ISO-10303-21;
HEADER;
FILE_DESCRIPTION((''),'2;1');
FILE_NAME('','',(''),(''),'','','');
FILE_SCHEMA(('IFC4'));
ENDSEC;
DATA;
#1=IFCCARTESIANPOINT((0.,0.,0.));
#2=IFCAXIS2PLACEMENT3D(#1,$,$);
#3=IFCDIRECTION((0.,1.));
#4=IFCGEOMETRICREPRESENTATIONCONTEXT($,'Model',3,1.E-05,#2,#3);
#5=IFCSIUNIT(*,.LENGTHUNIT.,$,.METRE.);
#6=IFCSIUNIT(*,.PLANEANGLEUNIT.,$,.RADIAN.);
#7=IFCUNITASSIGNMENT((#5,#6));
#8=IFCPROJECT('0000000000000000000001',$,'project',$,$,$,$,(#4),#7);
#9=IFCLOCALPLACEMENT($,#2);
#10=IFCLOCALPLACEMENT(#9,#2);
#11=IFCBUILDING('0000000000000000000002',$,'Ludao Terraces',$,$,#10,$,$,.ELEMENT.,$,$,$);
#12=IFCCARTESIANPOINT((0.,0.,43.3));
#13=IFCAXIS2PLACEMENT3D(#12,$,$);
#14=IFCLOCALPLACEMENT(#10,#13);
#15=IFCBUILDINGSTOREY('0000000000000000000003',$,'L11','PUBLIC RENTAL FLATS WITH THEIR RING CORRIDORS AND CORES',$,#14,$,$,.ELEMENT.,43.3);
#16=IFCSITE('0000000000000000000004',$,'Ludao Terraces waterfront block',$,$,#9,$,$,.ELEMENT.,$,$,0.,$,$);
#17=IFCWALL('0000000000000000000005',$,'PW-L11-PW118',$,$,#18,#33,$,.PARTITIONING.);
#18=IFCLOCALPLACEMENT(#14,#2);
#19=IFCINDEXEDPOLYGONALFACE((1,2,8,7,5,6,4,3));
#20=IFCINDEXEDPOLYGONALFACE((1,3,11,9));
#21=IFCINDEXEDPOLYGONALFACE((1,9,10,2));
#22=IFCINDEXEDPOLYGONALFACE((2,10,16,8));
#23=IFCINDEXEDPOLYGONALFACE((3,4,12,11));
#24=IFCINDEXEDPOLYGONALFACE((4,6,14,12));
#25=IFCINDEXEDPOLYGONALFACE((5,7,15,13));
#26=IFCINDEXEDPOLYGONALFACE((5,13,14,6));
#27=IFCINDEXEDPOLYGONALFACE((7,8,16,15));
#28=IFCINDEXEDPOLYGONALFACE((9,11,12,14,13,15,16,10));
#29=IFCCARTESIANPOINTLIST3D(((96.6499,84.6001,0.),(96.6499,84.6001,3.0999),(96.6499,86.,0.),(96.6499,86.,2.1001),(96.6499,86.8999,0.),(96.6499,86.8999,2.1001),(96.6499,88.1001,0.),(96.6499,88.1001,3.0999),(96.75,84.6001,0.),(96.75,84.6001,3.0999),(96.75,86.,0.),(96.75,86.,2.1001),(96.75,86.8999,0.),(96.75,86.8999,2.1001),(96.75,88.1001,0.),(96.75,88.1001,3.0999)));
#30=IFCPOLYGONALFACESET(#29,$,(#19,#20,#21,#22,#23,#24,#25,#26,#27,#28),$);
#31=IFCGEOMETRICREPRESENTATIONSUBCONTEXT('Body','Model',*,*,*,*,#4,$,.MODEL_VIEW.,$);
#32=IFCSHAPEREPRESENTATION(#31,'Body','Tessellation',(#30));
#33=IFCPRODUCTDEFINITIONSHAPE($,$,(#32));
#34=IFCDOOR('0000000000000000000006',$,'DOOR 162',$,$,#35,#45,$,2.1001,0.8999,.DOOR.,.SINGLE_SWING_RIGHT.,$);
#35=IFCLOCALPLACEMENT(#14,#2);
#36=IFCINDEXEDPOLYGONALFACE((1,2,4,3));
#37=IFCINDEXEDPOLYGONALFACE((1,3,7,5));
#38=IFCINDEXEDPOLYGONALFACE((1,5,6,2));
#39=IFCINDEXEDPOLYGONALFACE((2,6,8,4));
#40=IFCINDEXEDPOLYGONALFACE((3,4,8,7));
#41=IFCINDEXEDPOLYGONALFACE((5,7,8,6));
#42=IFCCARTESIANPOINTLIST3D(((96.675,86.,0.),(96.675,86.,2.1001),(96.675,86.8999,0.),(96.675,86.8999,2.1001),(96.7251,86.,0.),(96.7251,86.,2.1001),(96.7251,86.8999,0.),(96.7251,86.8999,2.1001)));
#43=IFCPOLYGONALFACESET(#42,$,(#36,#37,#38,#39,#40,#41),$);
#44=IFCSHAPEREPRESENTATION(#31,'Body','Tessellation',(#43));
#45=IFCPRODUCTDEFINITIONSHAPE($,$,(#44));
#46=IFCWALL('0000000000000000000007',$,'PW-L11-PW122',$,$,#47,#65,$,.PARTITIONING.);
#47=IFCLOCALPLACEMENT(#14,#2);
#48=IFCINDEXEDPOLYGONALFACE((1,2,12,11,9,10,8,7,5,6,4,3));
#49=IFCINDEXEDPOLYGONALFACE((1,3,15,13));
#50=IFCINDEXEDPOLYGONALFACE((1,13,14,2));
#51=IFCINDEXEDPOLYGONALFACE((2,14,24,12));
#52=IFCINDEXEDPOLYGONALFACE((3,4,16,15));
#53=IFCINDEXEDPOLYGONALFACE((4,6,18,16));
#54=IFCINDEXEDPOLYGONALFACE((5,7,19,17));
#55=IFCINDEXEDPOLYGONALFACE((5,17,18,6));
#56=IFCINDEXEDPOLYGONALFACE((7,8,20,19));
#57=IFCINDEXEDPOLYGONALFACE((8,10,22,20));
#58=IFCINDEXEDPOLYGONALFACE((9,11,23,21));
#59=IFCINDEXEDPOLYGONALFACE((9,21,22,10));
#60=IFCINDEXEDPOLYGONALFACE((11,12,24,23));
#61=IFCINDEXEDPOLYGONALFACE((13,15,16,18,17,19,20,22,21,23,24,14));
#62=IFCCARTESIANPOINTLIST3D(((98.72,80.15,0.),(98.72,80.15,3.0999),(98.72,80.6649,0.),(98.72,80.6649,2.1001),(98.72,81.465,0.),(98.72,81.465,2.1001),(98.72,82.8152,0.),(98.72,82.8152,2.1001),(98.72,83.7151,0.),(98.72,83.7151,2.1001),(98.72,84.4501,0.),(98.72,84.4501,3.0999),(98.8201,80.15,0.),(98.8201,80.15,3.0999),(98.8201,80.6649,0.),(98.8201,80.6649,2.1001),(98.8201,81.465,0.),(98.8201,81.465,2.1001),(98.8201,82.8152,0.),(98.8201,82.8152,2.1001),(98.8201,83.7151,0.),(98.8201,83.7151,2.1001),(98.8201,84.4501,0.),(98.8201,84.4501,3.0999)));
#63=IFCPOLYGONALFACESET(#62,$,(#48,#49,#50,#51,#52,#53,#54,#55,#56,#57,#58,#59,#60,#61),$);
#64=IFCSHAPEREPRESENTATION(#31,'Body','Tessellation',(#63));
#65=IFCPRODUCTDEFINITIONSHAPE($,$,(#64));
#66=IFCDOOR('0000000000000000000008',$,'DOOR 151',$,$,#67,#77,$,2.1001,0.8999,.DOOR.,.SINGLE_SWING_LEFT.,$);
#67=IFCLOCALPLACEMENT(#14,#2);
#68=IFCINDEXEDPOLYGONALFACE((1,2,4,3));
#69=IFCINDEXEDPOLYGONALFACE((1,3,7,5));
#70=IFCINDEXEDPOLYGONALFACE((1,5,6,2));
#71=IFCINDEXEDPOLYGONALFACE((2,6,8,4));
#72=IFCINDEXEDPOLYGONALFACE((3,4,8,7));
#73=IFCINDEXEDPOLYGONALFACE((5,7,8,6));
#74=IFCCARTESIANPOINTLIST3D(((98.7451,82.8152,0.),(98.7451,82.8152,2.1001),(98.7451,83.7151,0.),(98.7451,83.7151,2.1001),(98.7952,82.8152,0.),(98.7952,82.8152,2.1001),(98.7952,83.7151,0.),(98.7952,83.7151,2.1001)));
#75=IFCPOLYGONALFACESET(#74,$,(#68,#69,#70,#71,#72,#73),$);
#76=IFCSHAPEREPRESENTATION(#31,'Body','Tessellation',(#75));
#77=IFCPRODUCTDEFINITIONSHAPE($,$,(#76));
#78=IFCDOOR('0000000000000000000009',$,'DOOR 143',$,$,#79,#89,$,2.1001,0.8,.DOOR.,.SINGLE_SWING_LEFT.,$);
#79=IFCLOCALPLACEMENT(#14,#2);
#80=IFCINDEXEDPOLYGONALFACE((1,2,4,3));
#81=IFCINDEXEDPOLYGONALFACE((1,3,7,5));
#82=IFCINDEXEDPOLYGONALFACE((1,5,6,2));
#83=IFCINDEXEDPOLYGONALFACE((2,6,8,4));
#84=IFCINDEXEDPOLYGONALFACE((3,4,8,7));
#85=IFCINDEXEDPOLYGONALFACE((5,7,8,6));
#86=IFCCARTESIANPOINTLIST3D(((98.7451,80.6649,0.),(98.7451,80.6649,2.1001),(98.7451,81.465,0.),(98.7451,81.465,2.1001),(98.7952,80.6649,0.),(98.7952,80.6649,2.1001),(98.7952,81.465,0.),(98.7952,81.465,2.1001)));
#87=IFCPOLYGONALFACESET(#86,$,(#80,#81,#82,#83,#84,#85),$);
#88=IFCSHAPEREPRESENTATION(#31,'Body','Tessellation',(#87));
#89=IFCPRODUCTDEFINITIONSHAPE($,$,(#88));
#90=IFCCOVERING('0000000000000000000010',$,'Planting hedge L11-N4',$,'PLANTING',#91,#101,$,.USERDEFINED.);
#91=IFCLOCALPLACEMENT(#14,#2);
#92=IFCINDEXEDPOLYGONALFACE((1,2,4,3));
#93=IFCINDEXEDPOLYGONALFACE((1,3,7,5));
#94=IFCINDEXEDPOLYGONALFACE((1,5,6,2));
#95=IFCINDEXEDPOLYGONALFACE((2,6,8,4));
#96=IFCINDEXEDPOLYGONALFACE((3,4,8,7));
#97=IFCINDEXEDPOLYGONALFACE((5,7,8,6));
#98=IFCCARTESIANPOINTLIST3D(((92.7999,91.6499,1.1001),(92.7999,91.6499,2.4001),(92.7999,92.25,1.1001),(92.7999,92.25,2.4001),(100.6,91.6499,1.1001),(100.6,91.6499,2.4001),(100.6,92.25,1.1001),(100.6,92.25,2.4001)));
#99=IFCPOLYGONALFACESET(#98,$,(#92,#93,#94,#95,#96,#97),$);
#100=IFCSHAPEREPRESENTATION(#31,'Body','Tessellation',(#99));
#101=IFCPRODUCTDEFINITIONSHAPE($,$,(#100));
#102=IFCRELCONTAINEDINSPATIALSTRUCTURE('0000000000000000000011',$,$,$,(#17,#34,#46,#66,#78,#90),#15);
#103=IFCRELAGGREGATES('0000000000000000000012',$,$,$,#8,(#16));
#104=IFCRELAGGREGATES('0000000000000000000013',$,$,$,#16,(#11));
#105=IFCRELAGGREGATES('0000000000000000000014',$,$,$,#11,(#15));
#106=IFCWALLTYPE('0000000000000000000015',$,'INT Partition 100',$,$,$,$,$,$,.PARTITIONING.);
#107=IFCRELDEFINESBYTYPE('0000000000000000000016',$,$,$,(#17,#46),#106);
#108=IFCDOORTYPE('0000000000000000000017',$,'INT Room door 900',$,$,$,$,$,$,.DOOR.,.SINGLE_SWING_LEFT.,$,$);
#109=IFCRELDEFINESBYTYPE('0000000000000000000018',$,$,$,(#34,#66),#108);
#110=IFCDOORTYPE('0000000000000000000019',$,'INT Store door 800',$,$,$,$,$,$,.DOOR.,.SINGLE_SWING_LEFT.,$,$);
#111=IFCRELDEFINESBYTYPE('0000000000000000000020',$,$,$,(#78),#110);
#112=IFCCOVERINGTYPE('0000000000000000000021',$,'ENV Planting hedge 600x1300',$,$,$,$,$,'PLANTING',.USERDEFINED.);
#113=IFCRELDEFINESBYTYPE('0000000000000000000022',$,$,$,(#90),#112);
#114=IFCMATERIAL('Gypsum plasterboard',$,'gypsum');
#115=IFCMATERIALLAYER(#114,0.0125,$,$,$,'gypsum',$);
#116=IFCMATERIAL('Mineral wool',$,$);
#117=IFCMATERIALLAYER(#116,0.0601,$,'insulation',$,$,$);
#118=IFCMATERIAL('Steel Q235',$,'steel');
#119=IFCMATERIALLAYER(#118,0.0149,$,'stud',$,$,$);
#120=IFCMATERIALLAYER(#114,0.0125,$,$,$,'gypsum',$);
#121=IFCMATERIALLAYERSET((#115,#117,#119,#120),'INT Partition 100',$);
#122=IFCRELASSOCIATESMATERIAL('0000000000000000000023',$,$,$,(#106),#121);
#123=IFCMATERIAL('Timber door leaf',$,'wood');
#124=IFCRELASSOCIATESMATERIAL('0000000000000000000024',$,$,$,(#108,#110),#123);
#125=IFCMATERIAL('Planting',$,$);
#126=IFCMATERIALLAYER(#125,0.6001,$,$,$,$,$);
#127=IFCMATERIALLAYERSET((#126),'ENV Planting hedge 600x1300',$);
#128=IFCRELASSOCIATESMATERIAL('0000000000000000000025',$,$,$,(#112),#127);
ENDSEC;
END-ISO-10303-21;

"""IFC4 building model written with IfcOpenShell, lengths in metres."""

from ifc_helpers import new_model, si_unit, direction, frame, frame_2d, origin, origin_2d, place, context, subcontext, project, spatial, rectangle, extrude, material, layer, layer_set, type_object, element, fill, save


model = new_model("IFC4")

# Units and contexts
model_context = context("Model", 3, precision=1e-05, world=origin(), true_north=direction((0.0, 1.0)))
body_context = subcontext(model_context, "Body", "Model", "MODEL_VIEW")
ifc_project = project(units=[si_unit("LENGTHUNIT", "METRE"), si_unit("PLANEANGLEUNIT", "RADIAN")], contexts=[model_context])

# Site, building, storey
site_placement = place(None, origin())
site = spatial("IfcSite", under=ifc_project, at=site_placement, Name="Ludao Terraces waterfront block", CompositionType="ELEMENT", RefElevation=0.0)
building_placement = place(site_placement, origin())
building = spatial("IfcBuilding", under=site, at=building_placement, Name="Ludao Terraces", CompositionType="ELEMENT")
storey_placement = place(building_placement, frame((0.0, 0.0, 43.3)))
storey = spatial("IfcBuildingStorey", under=building, at=storey_placement, Name="L11", Description="PUBLIC RENTAL FLATS WITH THEIR RING CORRIDORS AND CORES", CompositionType="ELEMENT", Elevation=43.3)

# Shared definitions
ifc_material_1 = material(Name="Gypsum plasterboard", Category="gypsum")
ifc_layer_1 = layer(ifc_material_1, 0.0125, Category="gypsum")
ifc_material_2 = material(Name="Mineral wool")
ifc_layer_2 = layer(ifc_material_2, 0.0601, Name="insulation")
ifc_material_3 = material(Name="Steel Q235", Category="steel")
ifc_layer_3 = layer(ifc_material_3, 0.0149, Name="stud")
ifc_layer_4 = layer(ifc_material_1, 0.0125, Category="gypsum")
ifc_layer_set_1 = layer_set([ifc_layer_1, ifc_layer_2, ifc_layer_3, ifc_layer_4], Name="INT Partition 100")
wall_type_1 = type_object("IfcWallType", Name="INT Partition 100", PredefinedType="PARTITIONING", material=ifc_layer_set_1)

# Wall, opening, door
ifc_material_4 = material(Name="Timber door leaf", Category="wood")
door_type_1 = type_object("IfcDoorType", Name="INT Room door 900", OperationType="SINGLE_SWING_LEFT", PredefinedType="DOOR", material=ifc_material_4)
wall_1_placement = place(storey_placement, frame((96.7, 84.6001, 0.0), z_axis=(0.0, 0.0, 1.0), x_axis=(0.0, 1.0, 0.0)))
wall_1 = element("IfcWall", 1, at=wall_1_placement, inside=storey, type_object=wall_type_1, Name="PW-L11-PW118", PredefinedType="PARTITIONING", context=body_context, shape_type="SweptSolid", body=[
    extrude(rectangle(XDim=3.5, YDim=0.1001, at=frame_2d((1.75, 0.0))), origin(), (0.0, 0.0, 1.0), 3.0999),
])
opening_1_placement = place(wall_1_placement, frame((1.3999, 0.0, 0.0)))
opening_1 = element("IfcOpeningElement", 2, at=opening_1_placement, cuts=wall_1, PredefinedType="OPENING", context=body_context, shape_type="SweptSolid", body=[
    extrude(rectangle(XDim=0.8999, YDim=2.1001, at=frame_2d((0.45, 1.05))), frame((0.0, 0.0601, 0.0), z_axis=(0.0, -1.0, 0.0), x_axis=(1.0, 0.0, 0.0)), (0.0, 0.0, 1.0), 0.1201),
])
door_1_placement = place(opening_1_placement, origin())
door_1 = element("IfcDoor", 3, at=door_1_placement, inside=storey, type_object=door_type_1, Name="DOOR 162", OperationType="SINGLE_SWING_RIGHT", OverallHeight=2.1001, OverallWidth=0.8999, PredefinedType="DOOR", context=body_context, shape_type="SweptSolid", body=[
    extrude(rectangle(XDim=0.8999, YDim=2.1001, at=frame_2d((0.45, 1.05))), frame((0.0, 0.0249, 0.0), z_axis=(0.0, -1.0, 0.0), x_axis=(1.0, 0.0, 0.0)), (0.0, 0.0, 1.0), 0.05),
])
fill(opening_1, door_1)

# Wall, openings, doors
wall_2_placement = place(storey_placement, frame((98.77, 80.1501, 0.0), z_axis=(0.0, 0.0, 1.0), x_axis=(0.0, 1.0, 0.0)))
wall_2 = element("IfcWall", 4, at=wall_2_placement, inside=storey, type_object=wall_type_1, Name="PW-L11-PW122", PredefinedType="PARTITIONING", context=body_context, shape_type="SweptSolid", body=[
    extrude(rectangle(XDim=4.3, YDim=0.1001, at=frame_2d((2.1499, 0.0))), origin(), (0.0, 0.0, 1.0), 3.0999),
])
opening_2_placement = place(wall_2_placement, frame((0.5149, 0.0, 0.0)))
opening_2 = element("IfcOpeningElement", 5, at=opening_2_placement, cuts=wall_2, PredefinedType="OPENING", context=body_context, shape_type="SweptSolid", body=[
    extrude(rectangle(XDim=0.8, YDim=2.1001, at=frame_2d((0.3999, 1.05))), frame((0.0, 0.0601, 0.0), z_axis=(0.0, -1.0, 0.0), x_axis=(1.0, 0.0, 0.0)), (0.0, 0.0, 1.0), 0.1201),
])
opening_3_placement = place(wall_2_placement, frame((2.665, 0.0, 0.0)))
opening_3 = element("IfcOpeningElement", 6, at=opening_3_placement, cuts=wall_2, PredefinedType="OPENING", context=body_context, shape_type="SweptSolid", body=[
    extrude(rectangle(XDim=0.8999, YDim=2.1001, at=frame_2d((0.45, 1.05))), frame((0.0, 0.0601, 0.0), z_axis=(0.0, -1.0, 0.0), x_axis=(1.0, 0.0, 0.0)), (0.0, 0.0, 1.0), 0.1201),
])
door_2_placement = place(opening_3_placement, origin())
door_2 = element("IfcDoor", 7, at=door_2_placement, inside=storey, type_object=door_type_1, Name="DOOR 151", OperationType="SINGLE_SWING_LEFT", OverallHeight=2.1001, OverallWidth=0.8999, PredefinedType="DOOR", context=body_context, shape_type="SweptSolid", body=[
    extrude(rectangle(XDim=0.8999, YDim=2.1001, at=frame_2d((0.45, 1.05))), frame((0.0, 0.0249, 0.0), z_axis=(0.0, -1.0, 0.0), x_axis=(1.0, 0.0, 0.0)), (0.0, 0.0, 1.0), 0.05),
])
fill(opening_3, door_2)
door_type_2 = type_object("IfcDoorType", Name="INT Store door 800", OperationType="SINGLE_SWING_LEFT", PredefinedType="DOOR", material=ifc_material_4)
door_3_placement = place(opening_2_placement, origin())
door_3 = element("IfcDoor", 8, at=door_3_placement, inside=storey, type_object=door_type_2, Name="DOOR 143", OperationType="SINGLE_SWING_LEFT", OverallHeight=2.1001, OverallWidth=0.8, PredefinedType="DOOR", context=body_context, shape_type="SweptSolid", body=[
    extrude(rectangle(XDim=0.8, YDim=2.1001, at=frame_2d((0.3999, 1.05))), frame((0.0, 0.0249, 0.0), z_axis=(0.0, -1.0, 0.0), x_axis=(1.0, 0.0, 0.0)), (0.0, 0.0, 1.0), 0.05),
])
fill(opening_2, door_3)

# Covering
ifc_material_5 = material(Name="Planting")
ifc_layer_5 = layer(ifc_material_5, 0.6001)
ifc_layer_set_2 = layer_set([ifc_layer_5], Name="ENV Planting hedge 600x1300")
covering_type = type_object("IfcCoveringType", Name="ENV Planting hedge 600x1300", ElementType="PLANTING", PredefinedType="USERDEFINED", material=ifc_layer_set_2)
covering_placement = place(storey_placement, frame((96.7, 91.95, 1.1001), z_axis=(0.0, 0.0, 1.0), x_axis=(1.0, 0.0, 0.0)))
element("IfcCovering", 9, at=covering_placement, inside=storey, type_object=covering_type, Name="Planting hedge L11-N4", ObjectType="PLANTING", PredefinedType="USERDEFINED", context=body_context, shape_type="SweptSolid", body=[
    extrude(rectangle(XDim=7.8, YDim=0.6001, at=origin_2d()), origin(), (0.0, 0.0, 1.0), 1.3),
])

save(model, "model.ifc")
